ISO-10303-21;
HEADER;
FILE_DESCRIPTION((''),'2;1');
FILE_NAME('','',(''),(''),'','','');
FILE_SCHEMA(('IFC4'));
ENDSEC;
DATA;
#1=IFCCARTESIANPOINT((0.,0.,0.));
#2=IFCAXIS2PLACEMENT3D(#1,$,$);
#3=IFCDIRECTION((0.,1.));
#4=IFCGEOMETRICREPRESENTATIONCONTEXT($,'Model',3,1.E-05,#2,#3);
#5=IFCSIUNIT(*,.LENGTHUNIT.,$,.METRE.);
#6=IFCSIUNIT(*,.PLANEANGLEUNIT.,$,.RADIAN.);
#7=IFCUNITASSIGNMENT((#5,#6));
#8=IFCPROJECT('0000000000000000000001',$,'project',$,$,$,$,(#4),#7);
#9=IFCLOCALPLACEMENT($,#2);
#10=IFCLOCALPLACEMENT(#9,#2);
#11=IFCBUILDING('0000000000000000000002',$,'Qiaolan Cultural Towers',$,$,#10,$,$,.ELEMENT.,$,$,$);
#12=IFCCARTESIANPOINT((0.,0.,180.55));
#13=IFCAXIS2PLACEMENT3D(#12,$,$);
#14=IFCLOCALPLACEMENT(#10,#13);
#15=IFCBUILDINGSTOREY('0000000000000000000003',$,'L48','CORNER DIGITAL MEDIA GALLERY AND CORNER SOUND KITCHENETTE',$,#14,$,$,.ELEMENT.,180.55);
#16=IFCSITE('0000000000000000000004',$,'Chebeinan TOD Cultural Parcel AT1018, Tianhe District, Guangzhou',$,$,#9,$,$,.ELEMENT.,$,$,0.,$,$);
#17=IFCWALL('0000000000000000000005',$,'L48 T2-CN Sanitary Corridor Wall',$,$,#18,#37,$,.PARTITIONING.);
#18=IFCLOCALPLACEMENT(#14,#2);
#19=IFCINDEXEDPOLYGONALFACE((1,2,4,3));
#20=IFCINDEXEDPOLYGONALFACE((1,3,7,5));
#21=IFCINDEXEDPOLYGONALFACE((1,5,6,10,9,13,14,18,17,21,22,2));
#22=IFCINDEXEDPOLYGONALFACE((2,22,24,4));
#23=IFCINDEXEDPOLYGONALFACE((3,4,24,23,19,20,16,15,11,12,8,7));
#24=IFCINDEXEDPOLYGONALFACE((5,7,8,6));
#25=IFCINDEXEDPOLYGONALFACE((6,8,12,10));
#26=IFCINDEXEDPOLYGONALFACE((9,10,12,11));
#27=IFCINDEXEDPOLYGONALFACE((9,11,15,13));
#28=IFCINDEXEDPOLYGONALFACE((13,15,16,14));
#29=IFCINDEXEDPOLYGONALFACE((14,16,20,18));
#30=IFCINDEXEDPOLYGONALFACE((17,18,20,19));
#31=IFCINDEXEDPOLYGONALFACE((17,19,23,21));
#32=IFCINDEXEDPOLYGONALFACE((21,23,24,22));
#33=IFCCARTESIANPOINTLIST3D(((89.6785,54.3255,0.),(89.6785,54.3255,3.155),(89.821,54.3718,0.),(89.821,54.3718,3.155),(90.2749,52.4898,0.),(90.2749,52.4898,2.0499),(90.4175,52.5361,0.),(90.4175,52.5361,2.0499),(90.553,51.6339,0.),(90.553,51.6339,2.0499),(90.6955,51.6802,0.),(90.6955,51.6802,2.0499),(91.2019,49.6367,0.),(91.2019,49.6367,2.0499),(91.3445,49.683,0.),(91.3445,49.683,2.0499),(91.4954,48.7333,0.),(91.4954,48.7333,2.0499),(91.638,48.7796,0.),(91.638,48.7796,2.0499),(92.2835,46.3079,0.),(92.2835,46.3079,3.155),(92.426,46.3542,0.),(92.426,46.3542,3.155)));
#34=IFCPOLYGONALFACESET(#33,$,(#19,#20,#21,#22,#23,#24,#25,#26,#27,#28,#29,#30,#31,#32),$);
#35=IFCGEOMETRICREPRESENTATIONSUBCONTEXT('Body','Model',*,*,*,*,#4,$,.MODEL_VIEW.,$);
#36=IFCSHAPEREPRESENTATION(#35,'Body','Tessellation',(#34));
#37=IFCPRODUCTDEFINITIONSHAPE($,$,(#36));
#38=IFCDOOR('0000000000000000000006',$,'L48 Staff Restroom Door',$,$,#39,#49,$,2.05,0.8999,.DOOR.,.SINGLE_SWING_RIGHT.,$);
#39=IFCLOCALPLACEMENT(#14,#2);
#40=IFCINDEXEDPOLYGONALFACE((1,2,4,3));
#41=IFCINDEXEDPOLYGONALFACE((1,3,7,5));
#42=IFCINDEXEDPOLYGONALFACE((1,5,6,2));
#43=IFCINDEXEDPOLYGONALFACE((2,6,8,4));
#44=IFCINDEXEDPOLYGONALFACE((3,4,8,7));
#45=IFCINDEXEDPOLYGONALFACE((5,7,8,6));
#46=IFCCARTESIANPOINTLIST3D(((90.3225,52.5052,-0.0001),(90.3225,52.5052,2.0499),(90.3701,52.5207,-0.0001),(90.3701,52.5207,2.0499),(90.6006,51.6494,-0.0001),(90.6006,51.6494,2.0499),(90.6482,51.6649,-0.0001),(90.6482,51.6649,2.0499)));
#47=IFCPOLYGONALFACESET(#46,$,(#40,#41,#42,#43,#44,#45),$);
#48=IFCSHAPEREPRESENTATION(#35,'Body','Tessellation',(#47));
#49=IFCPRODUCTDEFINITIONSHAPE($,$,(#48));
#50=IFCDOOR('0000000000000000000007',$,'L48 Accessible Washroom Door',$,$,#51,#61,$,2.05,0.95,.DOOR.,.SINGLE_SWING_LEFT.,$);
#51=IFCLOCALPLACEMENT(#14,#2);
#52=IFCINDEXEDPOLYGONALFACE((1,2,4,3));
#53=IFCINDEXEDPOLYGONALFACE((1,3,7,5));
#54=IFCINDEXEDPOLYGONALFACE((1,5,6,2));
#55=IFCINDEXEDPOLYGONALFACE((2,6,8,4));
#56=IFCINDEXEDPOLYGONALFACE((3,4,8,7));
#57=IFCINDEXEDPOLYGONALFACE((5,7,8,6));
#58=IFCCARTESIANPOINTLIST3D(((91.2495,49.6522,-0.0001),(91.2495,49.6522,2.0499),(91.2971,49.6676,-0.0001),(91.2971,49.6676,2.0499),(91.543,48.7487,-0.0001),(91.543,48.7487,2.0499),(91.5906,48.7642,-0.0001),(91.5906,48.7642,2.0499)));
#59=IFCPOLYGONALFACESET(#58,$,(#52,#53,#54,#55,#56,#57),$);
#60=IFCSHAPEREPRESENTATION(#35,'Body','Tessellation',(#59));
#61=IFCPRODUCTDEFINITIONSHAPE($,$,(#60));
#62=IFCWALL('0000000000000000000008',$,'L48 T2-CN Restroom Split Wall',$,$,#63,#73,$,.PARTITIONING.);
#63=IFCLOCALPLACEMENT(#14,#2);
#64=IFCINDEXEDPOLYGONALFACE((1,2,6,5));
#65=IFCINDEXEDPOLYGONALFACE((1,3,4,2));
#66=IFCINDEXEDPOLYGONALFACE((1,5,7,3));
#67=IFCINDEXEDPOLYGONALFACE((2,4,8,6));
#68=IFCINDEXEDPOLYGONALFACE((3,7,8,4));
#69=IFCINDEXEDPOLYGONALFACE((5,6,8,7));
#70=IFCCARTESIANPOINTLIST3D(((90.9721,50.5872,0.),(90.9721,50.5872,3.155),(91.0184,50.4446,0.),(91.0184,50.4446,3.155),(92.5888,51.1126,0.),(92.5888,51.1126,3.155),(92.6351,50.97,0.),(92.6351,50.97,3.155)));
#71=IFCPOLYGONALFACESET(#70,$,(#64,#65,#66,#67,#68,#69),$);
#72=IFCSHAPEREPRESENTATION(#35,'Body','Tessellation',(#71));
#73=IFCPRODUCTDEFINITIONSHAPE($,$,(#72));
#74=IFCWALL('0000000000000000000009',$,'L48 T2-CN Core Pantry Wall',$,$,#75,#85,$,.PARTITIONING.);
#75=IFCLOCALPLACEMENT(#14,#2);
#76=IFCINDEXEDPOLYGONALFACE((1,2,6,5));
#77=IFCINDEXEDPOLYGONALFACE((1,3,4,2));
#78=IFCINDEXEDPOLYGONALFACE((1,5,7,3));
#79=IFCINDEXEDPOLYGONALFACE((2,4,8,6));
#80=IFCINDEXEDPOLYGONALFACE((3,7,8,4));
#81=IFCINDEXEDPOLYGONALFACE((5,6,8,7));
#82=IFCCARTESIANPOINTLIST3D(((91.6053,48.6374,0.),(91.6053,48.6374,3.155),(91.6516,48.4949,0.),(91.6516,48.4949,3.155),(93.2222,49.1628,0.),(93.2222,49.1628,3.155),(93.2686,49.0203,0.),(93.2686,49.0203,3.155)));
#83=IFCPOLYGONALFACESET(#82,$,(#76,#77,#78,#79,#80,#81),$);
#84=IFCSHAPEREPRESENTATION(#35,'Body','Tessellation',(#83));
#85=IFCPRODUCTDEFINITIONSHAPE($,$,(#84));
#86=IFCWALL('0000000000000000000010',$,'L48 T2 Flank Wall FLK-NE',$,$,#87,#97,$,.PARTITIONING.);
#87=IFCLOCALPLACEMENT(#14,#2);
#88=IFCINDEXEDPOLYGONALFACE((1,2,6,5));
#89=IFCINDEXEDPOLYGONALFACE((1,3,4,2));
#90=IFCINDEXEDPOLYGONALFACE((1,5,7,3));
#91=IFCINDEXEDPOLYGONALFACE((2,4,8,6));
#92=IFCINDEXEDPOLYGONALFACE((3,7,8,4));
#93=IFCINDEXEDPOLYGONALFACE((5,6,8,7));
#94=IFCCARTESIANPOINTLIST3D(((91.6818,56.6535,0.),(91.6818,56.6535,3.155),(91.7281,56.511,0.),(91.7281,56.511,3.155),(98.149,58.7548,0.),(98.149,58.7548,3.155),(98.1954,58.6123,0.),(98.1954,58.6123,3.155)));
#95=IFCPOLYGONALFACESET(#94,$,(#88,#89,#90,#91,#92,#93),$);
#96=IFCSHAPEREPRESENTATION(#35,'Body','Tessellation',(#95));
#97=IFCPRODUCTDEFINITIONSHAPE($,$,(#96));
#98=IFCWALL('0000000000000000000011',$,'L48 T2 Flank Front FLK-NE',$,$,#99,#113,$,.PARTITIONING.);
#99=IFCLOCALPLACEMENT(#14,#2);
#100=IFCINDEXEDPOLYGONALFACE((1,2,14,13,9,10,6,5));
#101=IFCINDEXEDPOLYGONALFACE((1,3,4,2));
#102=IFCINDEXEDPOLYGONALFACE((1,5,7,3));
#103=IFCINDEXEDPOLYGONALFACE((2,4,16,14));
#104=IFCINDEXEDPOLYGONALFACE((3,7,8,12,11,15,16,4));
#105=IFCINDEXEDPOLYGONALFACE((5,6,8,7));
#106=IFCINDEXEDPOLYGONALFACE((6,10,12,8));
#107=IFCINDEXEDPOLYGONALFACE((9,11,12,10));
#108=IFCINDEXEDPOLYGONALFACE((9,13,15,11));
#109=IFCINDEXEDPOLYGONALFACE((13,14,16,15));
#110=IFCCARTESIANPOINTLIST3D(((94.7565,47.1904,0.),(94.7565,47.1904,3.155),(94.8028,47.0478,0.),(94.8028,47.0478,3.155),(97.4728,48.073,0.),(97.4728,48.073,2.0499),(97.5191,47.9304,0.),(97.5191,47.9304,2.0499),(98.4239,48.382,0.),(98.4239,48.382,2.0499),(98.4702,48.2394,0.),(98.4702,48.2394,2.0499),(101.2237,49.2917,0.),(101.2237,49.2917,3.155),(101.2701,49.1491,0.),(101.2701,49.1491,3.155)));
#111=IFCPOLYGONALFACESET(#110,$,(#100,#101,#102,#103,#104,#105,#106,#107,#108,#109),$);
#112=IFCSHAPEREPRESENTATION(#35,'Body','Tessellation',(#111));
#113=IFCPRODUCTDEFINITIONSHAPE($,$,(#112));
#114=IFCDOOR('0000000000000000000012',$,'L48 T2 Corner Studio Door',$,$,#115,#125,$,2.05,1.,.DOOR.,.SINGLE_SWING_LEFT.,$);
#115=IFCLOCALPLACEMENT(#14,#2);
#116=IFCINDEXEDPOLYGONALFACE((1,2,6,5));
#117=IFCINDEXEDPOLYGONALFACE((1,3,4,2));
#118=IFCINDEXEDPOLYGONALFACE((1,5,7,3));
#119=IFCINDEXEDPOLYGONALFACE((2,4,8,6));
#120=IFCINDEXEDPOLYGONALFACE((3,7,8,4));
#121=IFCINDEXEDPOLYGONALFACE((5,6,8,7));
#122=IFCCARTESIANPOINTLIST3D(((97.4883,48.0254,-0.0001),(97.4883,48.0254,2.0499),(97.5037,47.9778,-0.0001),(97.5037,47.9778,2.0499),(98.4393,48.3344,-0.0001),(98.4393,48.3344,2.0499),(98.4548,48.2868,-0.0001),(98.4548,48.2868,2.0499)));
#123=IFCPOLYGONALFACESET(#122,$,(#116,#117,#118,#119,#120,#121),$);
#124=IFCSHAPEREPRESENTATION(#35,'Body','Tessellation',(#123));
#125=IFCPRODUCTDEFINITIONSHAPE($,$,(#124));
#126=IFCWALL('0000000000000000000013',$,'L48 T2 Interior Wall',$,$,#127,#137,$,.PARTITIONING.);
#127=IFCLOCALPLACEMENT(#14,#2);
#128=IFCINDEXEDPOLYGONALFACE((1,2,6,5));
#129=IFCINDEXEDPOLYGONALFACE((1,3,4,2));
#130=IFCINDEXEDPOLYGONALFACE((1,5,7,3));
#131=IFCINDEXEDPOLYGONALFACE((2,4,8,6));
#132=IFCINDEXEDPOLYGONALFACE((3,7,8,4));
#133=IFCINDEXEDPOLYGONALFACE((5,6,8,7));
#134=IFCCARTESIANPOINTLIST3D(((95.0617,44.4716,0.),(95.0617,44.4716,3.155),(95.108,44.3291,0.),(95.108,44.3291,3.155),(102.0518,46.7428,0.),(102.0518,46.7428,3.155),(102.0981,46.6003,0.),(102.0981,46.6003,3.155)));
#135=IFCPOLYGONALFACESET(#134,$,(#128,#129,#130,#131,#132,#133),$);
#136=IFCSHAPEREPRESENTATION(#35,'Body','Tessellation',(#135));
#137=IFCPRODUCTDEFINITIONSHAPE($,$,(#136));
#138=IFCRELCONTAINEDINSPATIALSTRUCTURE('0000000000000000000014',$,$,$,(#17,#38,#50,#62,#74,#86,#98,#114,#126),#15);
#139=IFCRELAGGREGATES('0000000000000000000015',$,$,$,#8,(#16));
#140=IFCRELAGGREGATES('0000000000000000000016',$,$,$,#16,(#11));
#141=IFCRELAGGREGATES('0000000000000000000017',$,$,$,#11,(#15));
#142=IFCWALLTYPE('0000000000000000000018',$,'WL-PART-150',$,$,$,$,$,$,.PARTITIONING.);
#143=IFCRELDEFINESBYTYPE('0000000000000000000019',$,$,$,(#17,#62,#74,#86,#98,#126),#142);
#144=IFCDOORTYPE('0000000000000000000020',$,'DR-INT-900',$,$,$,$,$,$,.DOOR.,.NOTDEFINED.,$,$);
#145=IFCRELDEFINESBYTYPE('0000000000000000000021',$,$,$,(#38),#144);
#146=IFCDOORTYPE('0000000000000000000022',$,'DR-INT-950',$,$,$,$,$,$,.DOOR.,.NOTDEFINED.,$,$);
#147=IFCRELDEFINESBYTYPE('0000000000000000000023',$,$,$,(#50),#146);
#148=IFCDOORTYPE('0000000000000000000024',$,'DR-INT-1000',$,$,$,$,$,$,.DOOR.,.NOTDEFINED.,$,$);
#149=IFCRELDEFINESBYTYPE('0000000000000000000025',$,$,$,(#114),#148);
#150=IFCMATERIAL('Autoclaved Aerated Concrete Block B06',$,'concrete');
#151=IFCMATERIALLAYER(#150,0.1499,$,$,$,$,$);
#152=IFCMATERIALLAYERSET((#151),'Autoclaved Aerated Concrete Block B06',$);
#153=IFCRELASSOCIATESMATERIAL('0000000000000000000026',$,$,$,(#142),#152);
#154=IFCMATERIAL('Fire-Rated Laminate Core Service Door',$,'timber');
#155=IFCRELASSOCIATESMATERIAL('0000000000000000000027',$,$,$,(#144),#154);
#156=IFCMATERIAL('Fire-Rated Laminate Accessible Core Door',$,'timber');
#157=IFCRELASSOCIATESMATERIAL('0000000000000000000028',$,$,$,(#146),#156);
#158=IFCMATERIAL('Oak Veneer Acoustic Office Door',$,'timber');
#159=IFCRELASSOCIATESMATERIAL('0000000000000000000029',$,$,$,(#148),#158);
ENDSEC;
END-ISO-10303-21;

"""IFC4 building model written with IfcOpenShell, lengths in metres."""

from ifc_helpers import new_model, si_unit, direction, frame, frame_2d, origin, place, context, subcontext, project, spatial, rectangle, extrude, material, layer, layer_set, type_object, element, fill, save


model = new_model("IFC4")

# Units and contexts
model_context = context("Model", 3, precision=1e-05, world=origin(), true_north=direction((0.0, 1.0)))
body_context = subcontext(model_context, "Body", "Model", "MODEL_VIEW")
ifc_project = project(units=[si_unit("LENGTHUNIT", "METRE"), si_unit("PLANEANGLEUNIT", "RADIAN")], contexts=[model_context])

# Site, building, storey
site_placement = place(None, origin())
site = spatial("IfcSite", under=ifc_project, at=site_placement, Name="Chebeinan TOD Cultural Parcel AT1018, Tianhe District, Guangzhou", CompositionType="ELEMENT", RefElevation=0.0)
building_placement = place(site_placement, origin())
building = spatial("IfcBuilding", under=site, at=building_placement, Name="Qiaolan Cultural Towers", CompositionType="ELEMENT")
storey_placement = place(building_placement, frame((0.0, 0.0, 180.55)))
storey = spatial("IfcBuildingStorey", under=building, at=storey_placement, Name="L48", Description="CORNER DIGITAL MEDIA GALLERY AND CORNER SOUND KITCHENETTE", CompositionType="ELEMENT", Elevation=180.55)

# Wall, openings, doors
ifc_material_1 = material(Name="Autoclaved Aerated Concrete Block B06", Category="concrete")
ifc_layer_1 = layer(ifc_material_1, 0.1499)
ifc_layer_set_1 = layer_set([ifc_layer_1], Name="Autoclaved Aerated Concrete Block B06")
wall_type_1 = type_object("IfcWallType", Name="WL-PART-150", PredefinedType="PARTITIONING", material=ifc_layer_set_1)
ifc_material_2 = material(Name="Fire-Rated Laminate Core Service Door", Category="timber")
door_type_1 = type_object("IfcDoorType", Name="DR-INT-900", OperationType="NOTDEFINED", PredefinedType="DOOR", material=ifc_material_2)
ifc_material_3 = material(Name="Fire-Rated Laminate Accessible Core Door", Category="timber")
door_type_2 = type_object("IfcDoorType", Name="DR-INT-950", OperationType="NOTDEFINED", PredefinedType="DOOR", material=ifc_material_3)
wall_1_placement = place(storey_placement, frame((92.3547, 46.3311, 0.0), z_axis=(0.0, 0.0, 1.0), x_axis=(-0.309007, 0.95106, 0.0)))
wall_1 = element("IfcWall", 1, at=wall_1_placement, inside=storey, type_object=wall_type_1, Name="L48 T2-CN Sanitary Corridor Wall", PredefinedType="PARTITIONING", context=body_context, shape_type="SweptSolid", body=[
    extrude(rectangle(XDim=8.4302, YDim=0.1499, at=frame_2d((4.2151, 0.0))), origin(), (0.0, 0.0, 1.0), 3.155),
])
opening_1_placement = place(wall_1_placement, frame((2.55, 0.0, 0.0)))
opening_1 = element("IfcOpeningElement", 2, at=opening_1_placement, cuts=wall_1, PredefinedType="OPENING", context=body_context, shape_type="SweptSolid", body=[
    extrude(rectangle(XDim=0.95, YDim=2.05, at=frame_2d((0.4751, 1.0249))), frame((0.0, 0.085, 0.0), z_axis=(0.0, -1.0, 0.0), x_axis=(1.0, 0.0, 0.0)), (0.0, 0.0, 1.0), 0.1699),
])
opening_2_placement = place(wall_1_placement, frame((5.6001, 0.0, 0.0)))
opening_2 = element("IfcOpeningElement", 3, at=opening_2_placement, cuts=wall_1, PredefinedType="OPENING", context=body_context, shape_type="SweptSolid", body=[
    extrude(rectangle(XDim=0.8999, YDim=2.05, at=frame_2d((0.45, 1.0249))), frame((0.0, 0.085, 0.0), z_axis=(0.0, -1.0, 0.0), x_axis=(1.0, 0.0, 0.0)), (0.0, 0.0, 1.0), 0.1699),
])
door_1_placement = place(opening_2_placement, origin())
door_1 = element("IfcDoor", 4, at=door_1_placement, inside=storey, type_object=door_type_1, Name="L48 Staff Restroom Door", OperationType="SINGLE_SWING_RIGHT", OverallHeight=2.05, OverallWidth=0.8999, PredefinedType="DOOR", context=body_context, shape_type="SweptSolid", body=[
    extrude(rectangle(XDim=0.8999, YDim=2.05, at=frame_2d((0.45, 1.0249))), frame((0.0, 0.0249, 0.0), z_axis=(0.0, -1.0, 0.0), x_axis=(1.0, 0.0, 0.0)), (0.0, 0.0, 1.0), 0.05),
])
fill(opening_2, door_1)
door_2_placement = place(opening_1_placement, origin())
door_2 = element("IfcDoor", 5, at=door_2_placement, inside=storey, type_object=door_type_2, Name="L48 Accessible Washroom Door", OperationType="SINGLE_SWING_LEFT", OverallHeight=2.05, OverallWidth=0.95, PredefinedType="DOOR", context=body_context, shape_type="SweptSolid", body=[
    extrude(rectangle(XDim=0.95, YDim=2.05, at=frame_2d((0.4751, 1.0249))), frame((0.0, 0.0249, 0.0), z_axis=(0.0, -1.0, 0.0), x_axis=(1.0, 0.0, 0.0)), (0.0, 0.0, 1.0), 0.05),
])
fill(opening_1, door_2)

# Walls
wall_2_placement = place(storey_placement, frame((90.9951, 50.5159, 0.0), z_axis=(0.0, 0.0, 1.0), x_axis=(0.95104, 0.309067, 0.0)))
element("IfcWall", 6, at=wall_2_placement, inside=storey, type_object=wall_type_1, Name="L48 T2-CN Restroom Split Wall", PredefinedType="PARTITIONING", context=body_context, shape_type="SweptSolid", body=[
    extrude(rectangle(XDim=1.7, YDim=0.1499, at=frame_2d((0.8501, 0.0))), origin(), (0.0, 0.0, 1.0), 3.155),
])
wall_3_placement = place(storey_placement, frame((91.6284, 48.5662, 0.0), z_axis=(0.0, 0.0, 1.0), x_axis=(0.951054, 0.309024, 0.0)))
element("IfcWall", 7, at=wall_3_placement, inside=storey, type_object=wall_type_1, Name="L48 T2-CN Core Pantry Wall", PredefinedType="PARTITIONING", context=body_context, shape_type="SweptSolid", body=[
    extrude(rectangle(XDim=1.7002, YDim=0.1499, at=frame_2d((0.8501, 0.0))), origin(), (0.0, 0.0, 1.0), 3.155),
])
wall_4_placement = place(storey_placement, frame((91.7051, 56.5823, 0.0), z_axis=(0.0, 0.0, 1.0), x_axis=(0.951058, 0.309013, 0.0)))
element("IfcWall", 8, at=wall_4_placement, inside=storey, type_object=wall_type_1, Name="L48 T2 Flank Wall FLK-NE", PredefinedType="PARTITIONING", context=body_context, shape_type="SweptSolid", body=[
    extrude(rectangle(XDim=6.8, YDim=0.1499, at=frame_2d((3.3999, 0.0))), origin(), (0.0, 0.0, 1.0), 3.155),
])

# Wall, opening, door
wall_5_placement = place(storey_placement, frame((94.7798, 47.1191, 0.0), z_axis=(0.0, 0.0, 1.0), x_axis=(0.951058, 0.309013, 0.0)))
wall_5 = element("IfcWall", 9, at=wall_5_placement, inside=storey, type_object=wall_type_1, Name="L48 T2 Flank Front FLK-NE", PredefinedType="PARTITIONING", context=body_context, shape_type="SweptSolid", body=[
    extrude(rectangle(XDim=6.8, YDim=0.1499, at=frame_2d((3.3999, 0.0))), origin(), (0.0, 0.0, 1.0), 3.155),
])
opening_3_placement = place(wall_5_placement, frame((2.856, 0.0, 0.0)))
opening_3 = element("IfcOpeningElement", 10, at=opening_3_placement, cuts=wall_5, PredefinedType="OPENING", context=body_context, shape_type="SweptSolid", body=[
    extrude(rectangle(XDim=1.0, YDim=2.05, at=frame_2d((0.5, 1.0249))), frame((0.0, 0.085, 0.0), z_axis=(0.0, -1.0, 0.0), x_axis=(1.0, 0.0, 0.0)), (0.0, 0.0, 1.0), 0.1699),
])
ifc_material_4 = material(Name="Oak Veneer Acoustic Office Door", Category="timber")
door_type_3 = type_object("IfcDoorType", Name="DR-INT-1000", OperationType="NOTDEFINED", PredefinedType="DOOR", material=ifc_material_4)
door_3_placement = place(opening_3_placement, origin())
door_3 = element("IfcDoor", 11, at=door_3_placement, inside=storey, type_object=door_type_3, Name="L48 T2 Corner Studio Door", OperationType="SINGLE_SWING_LEFT", OverallHeight=2.05, OverallWidth=1.0, PredefinedType="DOOR", context=body_context, shape_type="SweptSolid", body=[
    extrude(rectangle(XDim=1.0, YDim=2.05, at=frame_2d((0.5, 1.0249))), frame((0.0, 0.0249, 0.0), z_axis=(0.0, -1.0, 0.0), x_axis=(1.0, 0.0, 0.0)), (0.0, 0.0, 1.0), 0.05),
])
fill(opening_3, door_3)

# Wall
wall_6_placement = place(storey_placement, frame((95.085, 44.4004, 0.0), z_axis=(0.0, 0.0, 1.0), x_axis=(0.951057, 0.309014, 0.0)))
element("IfcWall", 12, at=wall_6_placement, inside=storey, type_object=wall_type_1, Name="L48 T2 Interior Wall", PredefinedType="PARTITIONING", context=body_context, shape_type="SweptSolid", body=[
    extrude(rectangle(XDim=7.3499, YDim=0.1499, at=frame_2d((3.6748, 0.0))), origin(), (0.0, 0.0, 1.0), 3.155),
])

save(model, "model.ifc")
